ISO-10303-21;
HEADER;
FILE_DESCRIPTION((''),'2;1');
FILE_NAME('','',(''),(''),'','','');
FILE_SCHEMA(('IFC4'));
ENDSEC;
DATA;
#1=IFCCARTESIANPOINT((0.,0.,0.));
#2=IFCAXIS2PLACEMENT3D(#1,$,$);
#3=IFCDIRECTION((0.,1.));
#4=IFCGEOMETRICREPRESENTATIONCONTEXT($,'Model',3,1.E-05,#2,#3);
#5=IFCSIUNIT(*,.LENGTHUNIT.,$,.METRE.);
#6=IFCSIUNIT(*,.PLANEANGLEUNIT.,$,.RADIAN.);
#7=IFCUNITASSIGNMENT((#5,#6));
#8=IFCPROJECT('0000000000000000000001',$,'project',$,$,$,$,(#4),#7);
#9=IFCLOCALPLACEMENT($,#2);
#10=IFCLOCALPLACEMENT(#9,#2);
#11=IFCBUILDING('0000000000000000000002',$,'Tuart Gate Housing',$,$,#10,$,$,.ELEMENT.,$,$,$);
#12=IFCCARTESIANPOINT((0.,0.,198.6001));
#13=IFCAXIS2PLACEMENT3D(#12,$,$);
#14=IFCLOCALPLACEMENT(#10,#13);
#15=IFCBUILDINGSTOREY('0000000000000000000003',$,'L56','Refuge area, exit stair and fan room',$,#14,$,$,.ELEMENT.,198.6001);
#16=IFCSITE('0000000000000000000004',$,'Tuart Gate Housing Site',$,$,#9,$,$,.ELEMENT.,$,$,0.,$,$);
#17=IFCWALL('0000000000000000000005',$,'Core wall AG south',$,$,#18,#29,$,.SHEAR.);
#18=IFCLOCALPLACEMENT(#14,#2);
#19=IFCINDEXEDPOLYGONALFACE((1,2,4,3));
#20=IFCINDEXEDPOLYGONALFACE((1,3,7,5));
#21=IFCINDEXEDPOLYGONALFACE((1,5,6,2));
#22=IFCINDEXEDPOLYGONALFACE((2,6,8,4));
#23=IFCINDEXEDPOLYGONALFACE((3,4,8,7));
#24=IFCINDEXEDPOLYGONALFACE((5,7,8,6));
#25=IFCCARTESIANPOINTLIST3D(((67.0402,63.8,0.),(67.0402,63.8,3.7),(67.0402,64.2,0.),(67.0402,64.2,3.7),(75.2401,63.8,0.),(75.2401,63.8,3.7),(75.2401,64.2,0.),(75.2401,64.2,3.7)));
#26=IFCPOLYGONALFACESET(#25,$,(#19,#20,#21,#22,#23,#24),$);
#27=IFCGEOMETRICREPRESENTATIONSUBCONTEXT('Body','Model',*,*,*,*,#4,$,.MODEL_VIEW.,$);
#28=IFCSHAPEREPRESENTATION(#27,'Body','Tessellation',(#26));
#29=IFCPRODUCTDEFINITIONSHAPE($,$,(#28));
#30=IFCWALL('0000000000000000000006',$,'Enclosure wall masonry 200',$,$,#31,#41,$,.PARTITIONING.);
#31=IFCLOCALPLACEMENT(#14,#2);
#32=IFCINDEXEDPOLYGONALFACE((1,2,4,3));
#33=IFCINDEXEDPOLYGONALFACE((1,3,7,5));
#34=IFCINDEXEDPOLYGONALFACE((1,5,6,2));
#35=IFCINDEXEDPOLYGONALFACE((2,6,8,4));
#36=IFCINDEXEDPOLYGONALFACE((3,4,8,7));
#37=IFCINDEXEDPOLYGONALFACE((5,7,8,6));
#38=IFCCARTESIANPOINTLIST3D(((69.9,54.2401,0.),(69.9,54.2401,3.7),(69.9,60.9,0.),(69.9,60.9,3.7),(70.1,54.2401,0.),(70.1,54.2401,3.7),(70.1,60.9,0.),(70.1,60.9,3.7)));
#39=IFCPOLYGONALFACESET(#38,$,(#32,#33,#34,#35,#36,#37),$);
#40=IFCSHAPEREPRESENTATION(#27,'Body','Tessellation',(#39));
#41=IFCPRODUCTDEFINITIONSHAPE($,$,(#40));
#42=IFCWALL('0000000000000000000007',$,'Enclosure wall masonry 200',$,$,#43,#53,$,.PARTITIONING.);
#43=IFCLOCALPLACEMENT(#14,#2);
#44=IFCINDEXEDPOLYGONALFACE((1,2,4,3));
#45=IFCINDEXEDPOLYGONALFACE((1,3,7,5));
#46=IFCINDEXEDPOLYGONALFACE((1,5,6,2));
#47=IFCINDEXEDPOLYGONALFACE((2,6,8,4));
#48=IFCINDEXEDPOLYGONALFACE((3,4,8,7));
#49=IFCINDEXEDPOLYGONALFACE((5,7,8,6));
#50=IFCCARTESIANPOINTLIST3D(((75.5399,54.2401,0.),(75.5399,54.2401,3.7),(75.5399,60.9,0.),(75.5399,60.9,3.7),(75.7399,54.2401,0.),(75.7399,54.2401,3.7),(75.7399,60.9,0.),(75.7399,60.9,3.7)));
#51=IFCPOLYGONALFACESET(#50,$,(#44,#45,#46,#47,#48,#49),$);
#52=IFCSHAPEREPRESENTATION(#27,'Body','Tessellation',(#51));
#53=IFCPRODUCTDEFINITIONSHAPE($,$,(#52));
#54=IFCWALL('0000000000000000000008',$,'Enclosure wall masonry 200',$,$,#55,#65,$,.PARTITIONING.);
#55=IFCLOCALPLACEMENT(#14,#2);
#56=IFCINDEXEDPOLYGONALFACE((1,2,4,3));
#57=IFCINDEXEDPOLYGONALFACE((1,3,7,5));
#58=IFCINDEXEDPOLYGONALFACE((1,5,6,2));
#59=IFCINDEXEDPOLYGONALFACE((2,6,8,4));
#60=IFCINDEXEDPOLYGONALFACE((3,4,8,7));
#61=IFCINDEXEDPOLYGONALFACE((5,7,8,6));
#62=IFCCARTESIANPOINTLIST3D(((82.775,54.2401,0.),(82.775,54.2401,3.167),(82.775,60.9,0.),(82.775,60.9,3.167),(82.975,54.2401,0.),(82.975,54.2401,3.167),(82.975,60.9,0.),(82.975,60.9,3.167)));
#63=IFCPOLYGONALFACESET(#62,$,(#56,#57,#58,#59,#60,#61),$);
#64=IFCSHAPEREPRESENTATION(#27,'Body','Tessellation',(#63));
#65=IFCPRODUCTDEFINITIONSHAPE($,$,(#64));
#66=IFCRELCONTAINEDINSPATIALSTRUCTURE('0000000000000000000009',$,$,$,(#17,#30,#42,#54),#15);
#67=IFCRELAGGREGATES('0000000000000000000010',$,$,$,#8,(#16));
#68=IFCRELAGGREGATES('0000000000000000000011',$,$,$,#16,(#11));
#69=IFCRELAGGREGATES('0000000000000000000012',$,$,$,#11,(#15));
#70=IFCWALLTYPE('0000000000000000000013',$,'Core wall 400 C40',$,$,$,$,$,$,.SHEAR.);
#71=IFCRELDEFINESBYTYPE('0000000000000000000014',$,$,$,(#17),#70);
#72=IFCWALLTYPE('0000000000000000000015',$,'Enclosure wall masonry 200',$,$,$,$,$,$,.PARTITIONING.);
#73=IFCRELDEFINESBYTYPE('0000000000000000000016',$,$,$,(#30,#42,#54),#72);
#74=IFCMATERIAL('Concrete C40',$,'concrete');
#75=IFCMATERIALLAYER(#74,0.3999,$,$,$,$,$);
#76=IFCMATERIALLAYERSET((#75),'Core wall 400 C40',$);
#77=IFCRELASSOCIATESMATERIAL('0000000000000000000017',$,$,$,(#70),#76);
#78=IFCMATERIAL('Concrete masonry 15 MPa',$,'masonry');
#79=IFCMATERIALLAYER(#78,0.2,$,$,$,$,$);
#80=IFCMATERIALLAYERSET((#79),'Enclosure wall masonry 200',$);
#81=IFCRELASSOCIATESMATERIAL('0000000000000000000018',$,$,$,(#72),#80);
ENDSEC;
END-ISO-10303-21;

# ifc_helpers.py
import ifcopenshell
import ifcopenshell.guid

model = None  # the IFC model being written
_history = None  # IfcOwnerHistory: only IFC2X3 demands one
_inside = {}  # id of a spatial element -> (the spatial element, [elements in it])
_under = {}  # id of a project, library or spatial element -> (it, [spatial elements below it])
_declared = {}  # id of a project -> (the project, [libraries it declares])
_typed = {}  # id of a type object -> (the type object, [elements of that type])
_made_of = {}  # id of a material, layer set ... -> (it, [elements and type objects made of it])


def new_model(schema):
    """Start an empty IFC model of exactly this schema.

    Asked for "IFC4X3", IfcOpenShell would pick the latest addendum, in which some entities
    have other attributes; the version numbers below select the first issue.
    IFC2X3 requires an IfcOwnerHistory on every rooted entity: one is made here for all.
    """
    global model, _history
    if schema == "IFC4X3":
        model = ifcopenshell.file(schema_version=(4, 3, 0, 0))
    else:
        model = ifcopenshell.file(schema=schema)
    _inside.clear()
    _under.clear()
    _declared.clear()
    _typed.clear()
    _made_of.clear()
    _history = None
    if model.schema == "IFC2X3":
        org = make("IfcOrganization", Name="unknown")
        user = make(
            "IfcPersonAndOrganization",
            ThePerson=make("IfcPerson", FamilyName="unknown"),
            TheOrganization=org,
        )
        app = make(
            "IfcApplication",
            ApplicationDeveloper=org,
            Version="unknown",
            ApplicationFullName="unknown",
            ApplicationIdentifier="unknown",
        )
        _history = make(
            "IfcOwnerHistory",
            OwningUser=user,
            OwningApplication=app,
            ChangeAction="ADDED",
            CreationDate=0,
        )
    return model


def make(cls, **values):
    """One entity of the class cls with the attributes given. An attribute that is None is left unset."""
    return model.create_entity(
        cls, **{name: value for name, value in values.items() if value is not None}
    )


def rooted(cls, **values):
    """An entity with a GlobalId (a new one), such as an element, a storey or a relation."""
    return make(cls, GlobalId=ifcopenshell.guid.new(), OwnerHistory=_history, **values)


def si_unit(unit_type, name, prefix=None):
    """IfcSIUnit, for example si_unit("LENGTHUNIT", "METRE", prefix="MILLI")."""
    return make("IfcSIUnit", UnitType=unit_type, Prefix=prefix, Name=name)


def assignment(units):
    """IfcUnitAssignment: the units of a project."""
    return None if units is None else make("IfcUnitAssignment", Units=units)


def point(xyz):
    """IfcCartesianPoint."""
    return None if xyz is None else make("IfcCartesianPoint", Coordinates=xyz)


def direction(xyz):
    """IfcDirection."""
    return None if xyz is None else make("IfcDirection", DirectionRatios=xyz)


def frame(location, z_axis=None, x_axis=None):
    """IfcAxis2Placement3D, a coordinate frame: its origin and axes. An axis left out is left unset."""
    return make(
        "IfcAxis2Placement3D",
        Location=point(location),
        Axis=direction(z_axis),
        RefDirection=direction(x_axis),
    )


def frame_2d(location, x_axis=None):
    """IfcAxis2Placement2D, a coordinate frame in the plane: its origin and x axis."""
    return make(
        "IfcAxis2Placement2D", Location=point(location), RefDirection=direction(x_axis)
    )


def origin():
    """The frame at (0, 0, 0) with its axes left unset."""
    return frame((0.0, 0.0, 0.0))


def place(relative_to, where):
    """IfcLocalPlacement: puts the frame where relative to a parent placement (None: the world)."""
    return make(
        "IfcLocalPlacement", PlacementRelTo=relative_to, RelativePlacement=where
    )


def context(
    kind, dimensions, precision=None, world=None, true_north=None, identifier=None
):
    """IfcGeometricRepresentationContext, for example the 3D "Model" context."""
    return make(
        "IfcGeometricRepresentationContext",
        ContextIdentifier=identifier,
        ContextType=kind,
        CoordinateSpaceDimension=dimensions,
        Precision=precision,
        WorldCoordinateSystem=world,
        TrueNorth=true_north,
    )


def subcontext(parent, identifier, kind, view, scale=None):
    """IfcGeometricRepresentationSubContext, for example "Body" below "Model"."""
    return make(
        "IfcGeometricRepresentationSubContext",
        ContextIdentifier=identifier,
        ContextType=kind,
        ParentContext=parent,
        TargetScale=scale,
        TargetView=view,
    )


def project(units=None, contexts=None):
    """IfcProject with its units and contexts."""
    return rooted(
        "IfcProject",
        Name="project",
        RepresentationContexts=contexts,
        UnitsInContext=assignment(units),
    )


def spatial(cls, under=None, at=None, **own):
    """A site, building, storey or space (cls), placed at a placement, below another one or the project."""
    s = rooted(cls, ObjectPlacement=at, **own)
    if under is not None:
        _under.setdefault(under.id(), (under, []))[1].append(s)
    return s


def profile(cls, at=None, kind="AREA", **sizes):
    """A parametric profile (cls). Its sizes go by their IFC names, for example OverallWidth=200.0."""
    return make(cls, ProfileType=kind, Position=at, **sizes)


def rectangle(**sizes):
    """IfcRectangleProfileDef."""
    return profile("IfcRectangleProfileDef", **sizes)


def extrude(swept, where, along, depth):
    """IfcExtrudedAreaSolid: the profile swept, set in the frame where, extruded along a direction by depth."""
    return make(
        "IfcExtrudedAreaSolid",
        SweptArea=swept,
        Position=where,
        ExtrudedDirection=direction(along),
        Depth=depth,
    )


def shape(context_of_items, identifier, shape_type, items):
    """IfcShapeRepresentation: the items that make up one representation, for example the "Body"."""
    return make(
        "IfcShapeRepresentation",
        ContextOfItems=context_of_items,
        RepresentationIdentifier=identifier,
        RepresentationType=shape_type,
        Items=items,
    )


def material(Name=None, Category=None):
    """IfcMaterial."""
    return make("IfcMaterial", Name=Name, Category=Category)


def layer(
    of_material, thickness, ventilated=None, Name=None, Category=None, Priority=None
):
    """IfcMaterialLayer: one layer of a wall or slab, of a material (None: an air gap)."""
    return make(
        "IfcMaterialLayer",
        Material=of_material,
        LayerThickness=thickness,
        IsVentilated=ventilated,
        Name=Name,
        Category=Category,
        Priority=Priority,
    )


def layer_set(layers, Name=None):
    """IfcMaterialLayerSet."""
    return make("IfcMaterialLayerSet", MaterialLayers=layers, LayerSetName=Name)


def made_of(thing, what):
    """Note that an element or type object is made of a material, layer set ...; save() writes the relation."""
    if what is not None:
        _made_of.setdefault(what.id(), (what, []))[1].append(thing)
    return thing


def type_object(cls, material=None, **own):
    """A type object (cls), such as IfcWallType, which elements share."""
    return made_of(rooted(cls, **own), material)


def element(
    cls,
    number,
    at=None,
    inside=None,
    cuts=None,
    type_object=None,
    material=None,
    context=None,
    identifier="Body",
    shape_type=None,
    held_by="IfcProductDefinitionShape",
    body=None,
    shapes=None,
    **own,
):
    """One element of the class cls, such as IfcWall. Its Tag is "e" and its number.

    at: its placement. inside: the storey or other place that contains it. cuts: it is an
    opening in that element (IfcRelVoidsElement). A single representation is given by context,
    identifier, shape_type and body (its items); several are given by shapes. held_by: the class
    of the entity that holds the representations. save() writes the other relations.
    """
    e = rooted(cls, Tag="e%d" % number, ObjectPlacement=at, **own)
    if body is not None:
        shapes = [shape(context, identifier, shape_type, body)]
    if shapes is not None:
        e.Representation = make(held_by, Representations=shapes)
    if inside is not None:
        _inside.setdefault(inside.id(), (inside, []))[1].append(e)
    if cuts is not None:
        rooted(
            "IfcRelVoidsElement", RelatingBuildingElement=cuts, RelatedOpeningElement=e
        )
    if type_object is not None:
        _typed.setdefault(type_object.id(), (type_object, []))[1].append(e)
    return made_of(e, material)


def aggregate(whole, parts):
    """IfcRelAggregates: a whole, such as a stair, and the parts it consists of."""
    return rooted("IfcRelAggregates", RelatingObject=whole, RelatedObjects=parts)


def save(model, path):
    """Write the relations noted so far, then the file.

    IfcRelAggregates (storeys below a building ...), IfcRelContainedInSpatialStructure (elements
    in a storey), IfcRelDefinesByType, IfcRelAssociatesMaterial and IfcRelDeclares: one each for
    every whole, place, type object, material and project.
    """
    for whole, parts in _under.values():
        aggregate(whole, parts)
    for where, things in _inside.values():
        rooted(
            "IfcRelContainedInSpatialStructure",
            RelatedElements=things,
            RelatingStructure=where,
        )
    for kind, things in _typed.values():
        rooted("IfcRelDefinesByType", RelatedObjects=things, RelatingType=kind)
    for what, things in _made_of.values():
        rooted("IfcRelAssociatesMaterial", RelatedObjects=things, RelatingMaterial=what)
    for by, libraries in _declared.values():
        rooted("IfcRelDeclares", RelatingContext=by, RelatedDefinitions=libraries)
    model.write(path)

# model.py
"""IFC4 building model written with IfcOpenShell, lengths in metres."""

from ifc_helpers import new_model, si_unit, direction, frame, frame_2d, origin, place, context, subcontext, project, spatial, rectangle, extrude, material, layer, layer_set, type_object, element, save


model = new_model("IFC4")

# Units and contexts
model_context = context("Model", 3, precision=1e-05, world=origin(), true_north=direction((0.0, 1.0)))
body_context = subcontext(model_context, "Body", "Model", "MODEL_VIEW")
ifc_project = project(units=[si_unit("LENGTHUNIT", "METRE"), si_unit("PLANEANGLEUNIT", "RADIAN")], contexts=[model_context])

# Site, building, storey
site_placement = place(None, origin())
site = spatial("IfcSite", under=ifc_project, at=site_placement, Name="Tuart Gate Housing Site", CompositionType="ELEMENT", RefElevation=0.0)
building_placement = place(site_placement, origin())
building = spatial("IfcBuilding", under=site, at=building_placement, Name="Tuart Gate Housing", CompositionType="ELEMENT")
storey_placement = place(building_placement, frame((0.0, 0.0, 198.6001)))
storey = spatial("IfcBuildingStorey", under=building, at=storey_placement, Name="L56", Description="Refuge area, exit stair and fan room", CompositionType="ELEMENT", Elevation=198.6001)

# Shared definitions
ifc_material_1 = material(Name="Concrete C40", Category="concrete")
ifc_layer_1 = layer(ifc_material_1, 0.3999)
ifc_layer_set_1 = layer_set([ifc_layer_1], Name="Core wall 400 C40")
wall_type_1 = type_object("IfcWallType", Name="Core wall 400 C40", PredefinedType="SHEAR", material=ifc_layer_set_1)

# Walls
wall_1_placement = place(storey_placement, frame((67.04, 64.0, 0.0), z_axis=(0.0, 0.0, 1.0), x_axis=(1.0, 0.0, 0.0)))
element("IfcWall", 1, at=wall_1_placement, inside=storey, type_object=wall_type_1, Name="Core wall AG south", PredefinedType="SHEAR", context=body_context, shape_type="SweptSolid", body=[
    extrude(rectangle(XDim=8.2, YDim=0.3999, at=frame_2d((4.1001, 0.0))), origin(), (0.0, 0.0, 1.0), 3.7),
])
ifc_material_2 = material(Name="Concrete masonry 15 MPa", Category="masonry")
ifc_layer_2 = layer(ifc_material_2, 0.2)
ifc_layer_set_2 = layer_set([ifc_layer_2], Name="Enclosure wall masonry 200")
wall_type_2 = type_object("IfcWallType", Name="Enclosure wall masonry 200", PredefinedType="PARTITIONING", material=ifc_layer_set_2)
for number, where, z_axis, x_axis, name in (
    (2, (70.0, 54.24, 0.0), (0.0, 0.0, 1.0), (0.0, 1.0, 0.0), "Enclosure wall masonry 200"),
    (3, (75.6399, 54.24, 0.0), (0.0, 0.0, 1.0), (0.0, 1.0, 0.0), "Enclosure wall masonry 200"),
):
    element("IfcWall", number, at=place(storey_placement, frame(where, z_axis=z_axis, x_axis=x_axis)), inside=storey, type_object=wall_type_2, Name=name, PredefinedType="PARTITIONING", context=body_context, shape_type="SweptSolid", body=[
        extrude(rectangle(XDim=6.6599, YDim=0.2, at=frame_2d((3.3301, 0.0))), origin(), (0.0, 0.0, 1.0), 3.7),
    ])
wall_2_placement = place(storey_placement, frame((82.875, 54.24, 0.0), z_axis=(0.0, 0.0, 1.0), x_axis=(0.0, 1.0, 0.0)))
element("IfcWall", 4, at=wall_2_placement, inside=storey, type_object=wall_type_2, Name="Enclosure wall masonry 200", PredefinedType="PARTITIONING", context=body_context, shape_type="SweptSolid", body=[
    extrude(rectangle(XDim=6.6599, YDim=0.2, at=frame_2d((3.3301, 0.0))), origin(), (0.0, 0.0, 1.0), 3.167),
])

save(model, "model.ifc")
